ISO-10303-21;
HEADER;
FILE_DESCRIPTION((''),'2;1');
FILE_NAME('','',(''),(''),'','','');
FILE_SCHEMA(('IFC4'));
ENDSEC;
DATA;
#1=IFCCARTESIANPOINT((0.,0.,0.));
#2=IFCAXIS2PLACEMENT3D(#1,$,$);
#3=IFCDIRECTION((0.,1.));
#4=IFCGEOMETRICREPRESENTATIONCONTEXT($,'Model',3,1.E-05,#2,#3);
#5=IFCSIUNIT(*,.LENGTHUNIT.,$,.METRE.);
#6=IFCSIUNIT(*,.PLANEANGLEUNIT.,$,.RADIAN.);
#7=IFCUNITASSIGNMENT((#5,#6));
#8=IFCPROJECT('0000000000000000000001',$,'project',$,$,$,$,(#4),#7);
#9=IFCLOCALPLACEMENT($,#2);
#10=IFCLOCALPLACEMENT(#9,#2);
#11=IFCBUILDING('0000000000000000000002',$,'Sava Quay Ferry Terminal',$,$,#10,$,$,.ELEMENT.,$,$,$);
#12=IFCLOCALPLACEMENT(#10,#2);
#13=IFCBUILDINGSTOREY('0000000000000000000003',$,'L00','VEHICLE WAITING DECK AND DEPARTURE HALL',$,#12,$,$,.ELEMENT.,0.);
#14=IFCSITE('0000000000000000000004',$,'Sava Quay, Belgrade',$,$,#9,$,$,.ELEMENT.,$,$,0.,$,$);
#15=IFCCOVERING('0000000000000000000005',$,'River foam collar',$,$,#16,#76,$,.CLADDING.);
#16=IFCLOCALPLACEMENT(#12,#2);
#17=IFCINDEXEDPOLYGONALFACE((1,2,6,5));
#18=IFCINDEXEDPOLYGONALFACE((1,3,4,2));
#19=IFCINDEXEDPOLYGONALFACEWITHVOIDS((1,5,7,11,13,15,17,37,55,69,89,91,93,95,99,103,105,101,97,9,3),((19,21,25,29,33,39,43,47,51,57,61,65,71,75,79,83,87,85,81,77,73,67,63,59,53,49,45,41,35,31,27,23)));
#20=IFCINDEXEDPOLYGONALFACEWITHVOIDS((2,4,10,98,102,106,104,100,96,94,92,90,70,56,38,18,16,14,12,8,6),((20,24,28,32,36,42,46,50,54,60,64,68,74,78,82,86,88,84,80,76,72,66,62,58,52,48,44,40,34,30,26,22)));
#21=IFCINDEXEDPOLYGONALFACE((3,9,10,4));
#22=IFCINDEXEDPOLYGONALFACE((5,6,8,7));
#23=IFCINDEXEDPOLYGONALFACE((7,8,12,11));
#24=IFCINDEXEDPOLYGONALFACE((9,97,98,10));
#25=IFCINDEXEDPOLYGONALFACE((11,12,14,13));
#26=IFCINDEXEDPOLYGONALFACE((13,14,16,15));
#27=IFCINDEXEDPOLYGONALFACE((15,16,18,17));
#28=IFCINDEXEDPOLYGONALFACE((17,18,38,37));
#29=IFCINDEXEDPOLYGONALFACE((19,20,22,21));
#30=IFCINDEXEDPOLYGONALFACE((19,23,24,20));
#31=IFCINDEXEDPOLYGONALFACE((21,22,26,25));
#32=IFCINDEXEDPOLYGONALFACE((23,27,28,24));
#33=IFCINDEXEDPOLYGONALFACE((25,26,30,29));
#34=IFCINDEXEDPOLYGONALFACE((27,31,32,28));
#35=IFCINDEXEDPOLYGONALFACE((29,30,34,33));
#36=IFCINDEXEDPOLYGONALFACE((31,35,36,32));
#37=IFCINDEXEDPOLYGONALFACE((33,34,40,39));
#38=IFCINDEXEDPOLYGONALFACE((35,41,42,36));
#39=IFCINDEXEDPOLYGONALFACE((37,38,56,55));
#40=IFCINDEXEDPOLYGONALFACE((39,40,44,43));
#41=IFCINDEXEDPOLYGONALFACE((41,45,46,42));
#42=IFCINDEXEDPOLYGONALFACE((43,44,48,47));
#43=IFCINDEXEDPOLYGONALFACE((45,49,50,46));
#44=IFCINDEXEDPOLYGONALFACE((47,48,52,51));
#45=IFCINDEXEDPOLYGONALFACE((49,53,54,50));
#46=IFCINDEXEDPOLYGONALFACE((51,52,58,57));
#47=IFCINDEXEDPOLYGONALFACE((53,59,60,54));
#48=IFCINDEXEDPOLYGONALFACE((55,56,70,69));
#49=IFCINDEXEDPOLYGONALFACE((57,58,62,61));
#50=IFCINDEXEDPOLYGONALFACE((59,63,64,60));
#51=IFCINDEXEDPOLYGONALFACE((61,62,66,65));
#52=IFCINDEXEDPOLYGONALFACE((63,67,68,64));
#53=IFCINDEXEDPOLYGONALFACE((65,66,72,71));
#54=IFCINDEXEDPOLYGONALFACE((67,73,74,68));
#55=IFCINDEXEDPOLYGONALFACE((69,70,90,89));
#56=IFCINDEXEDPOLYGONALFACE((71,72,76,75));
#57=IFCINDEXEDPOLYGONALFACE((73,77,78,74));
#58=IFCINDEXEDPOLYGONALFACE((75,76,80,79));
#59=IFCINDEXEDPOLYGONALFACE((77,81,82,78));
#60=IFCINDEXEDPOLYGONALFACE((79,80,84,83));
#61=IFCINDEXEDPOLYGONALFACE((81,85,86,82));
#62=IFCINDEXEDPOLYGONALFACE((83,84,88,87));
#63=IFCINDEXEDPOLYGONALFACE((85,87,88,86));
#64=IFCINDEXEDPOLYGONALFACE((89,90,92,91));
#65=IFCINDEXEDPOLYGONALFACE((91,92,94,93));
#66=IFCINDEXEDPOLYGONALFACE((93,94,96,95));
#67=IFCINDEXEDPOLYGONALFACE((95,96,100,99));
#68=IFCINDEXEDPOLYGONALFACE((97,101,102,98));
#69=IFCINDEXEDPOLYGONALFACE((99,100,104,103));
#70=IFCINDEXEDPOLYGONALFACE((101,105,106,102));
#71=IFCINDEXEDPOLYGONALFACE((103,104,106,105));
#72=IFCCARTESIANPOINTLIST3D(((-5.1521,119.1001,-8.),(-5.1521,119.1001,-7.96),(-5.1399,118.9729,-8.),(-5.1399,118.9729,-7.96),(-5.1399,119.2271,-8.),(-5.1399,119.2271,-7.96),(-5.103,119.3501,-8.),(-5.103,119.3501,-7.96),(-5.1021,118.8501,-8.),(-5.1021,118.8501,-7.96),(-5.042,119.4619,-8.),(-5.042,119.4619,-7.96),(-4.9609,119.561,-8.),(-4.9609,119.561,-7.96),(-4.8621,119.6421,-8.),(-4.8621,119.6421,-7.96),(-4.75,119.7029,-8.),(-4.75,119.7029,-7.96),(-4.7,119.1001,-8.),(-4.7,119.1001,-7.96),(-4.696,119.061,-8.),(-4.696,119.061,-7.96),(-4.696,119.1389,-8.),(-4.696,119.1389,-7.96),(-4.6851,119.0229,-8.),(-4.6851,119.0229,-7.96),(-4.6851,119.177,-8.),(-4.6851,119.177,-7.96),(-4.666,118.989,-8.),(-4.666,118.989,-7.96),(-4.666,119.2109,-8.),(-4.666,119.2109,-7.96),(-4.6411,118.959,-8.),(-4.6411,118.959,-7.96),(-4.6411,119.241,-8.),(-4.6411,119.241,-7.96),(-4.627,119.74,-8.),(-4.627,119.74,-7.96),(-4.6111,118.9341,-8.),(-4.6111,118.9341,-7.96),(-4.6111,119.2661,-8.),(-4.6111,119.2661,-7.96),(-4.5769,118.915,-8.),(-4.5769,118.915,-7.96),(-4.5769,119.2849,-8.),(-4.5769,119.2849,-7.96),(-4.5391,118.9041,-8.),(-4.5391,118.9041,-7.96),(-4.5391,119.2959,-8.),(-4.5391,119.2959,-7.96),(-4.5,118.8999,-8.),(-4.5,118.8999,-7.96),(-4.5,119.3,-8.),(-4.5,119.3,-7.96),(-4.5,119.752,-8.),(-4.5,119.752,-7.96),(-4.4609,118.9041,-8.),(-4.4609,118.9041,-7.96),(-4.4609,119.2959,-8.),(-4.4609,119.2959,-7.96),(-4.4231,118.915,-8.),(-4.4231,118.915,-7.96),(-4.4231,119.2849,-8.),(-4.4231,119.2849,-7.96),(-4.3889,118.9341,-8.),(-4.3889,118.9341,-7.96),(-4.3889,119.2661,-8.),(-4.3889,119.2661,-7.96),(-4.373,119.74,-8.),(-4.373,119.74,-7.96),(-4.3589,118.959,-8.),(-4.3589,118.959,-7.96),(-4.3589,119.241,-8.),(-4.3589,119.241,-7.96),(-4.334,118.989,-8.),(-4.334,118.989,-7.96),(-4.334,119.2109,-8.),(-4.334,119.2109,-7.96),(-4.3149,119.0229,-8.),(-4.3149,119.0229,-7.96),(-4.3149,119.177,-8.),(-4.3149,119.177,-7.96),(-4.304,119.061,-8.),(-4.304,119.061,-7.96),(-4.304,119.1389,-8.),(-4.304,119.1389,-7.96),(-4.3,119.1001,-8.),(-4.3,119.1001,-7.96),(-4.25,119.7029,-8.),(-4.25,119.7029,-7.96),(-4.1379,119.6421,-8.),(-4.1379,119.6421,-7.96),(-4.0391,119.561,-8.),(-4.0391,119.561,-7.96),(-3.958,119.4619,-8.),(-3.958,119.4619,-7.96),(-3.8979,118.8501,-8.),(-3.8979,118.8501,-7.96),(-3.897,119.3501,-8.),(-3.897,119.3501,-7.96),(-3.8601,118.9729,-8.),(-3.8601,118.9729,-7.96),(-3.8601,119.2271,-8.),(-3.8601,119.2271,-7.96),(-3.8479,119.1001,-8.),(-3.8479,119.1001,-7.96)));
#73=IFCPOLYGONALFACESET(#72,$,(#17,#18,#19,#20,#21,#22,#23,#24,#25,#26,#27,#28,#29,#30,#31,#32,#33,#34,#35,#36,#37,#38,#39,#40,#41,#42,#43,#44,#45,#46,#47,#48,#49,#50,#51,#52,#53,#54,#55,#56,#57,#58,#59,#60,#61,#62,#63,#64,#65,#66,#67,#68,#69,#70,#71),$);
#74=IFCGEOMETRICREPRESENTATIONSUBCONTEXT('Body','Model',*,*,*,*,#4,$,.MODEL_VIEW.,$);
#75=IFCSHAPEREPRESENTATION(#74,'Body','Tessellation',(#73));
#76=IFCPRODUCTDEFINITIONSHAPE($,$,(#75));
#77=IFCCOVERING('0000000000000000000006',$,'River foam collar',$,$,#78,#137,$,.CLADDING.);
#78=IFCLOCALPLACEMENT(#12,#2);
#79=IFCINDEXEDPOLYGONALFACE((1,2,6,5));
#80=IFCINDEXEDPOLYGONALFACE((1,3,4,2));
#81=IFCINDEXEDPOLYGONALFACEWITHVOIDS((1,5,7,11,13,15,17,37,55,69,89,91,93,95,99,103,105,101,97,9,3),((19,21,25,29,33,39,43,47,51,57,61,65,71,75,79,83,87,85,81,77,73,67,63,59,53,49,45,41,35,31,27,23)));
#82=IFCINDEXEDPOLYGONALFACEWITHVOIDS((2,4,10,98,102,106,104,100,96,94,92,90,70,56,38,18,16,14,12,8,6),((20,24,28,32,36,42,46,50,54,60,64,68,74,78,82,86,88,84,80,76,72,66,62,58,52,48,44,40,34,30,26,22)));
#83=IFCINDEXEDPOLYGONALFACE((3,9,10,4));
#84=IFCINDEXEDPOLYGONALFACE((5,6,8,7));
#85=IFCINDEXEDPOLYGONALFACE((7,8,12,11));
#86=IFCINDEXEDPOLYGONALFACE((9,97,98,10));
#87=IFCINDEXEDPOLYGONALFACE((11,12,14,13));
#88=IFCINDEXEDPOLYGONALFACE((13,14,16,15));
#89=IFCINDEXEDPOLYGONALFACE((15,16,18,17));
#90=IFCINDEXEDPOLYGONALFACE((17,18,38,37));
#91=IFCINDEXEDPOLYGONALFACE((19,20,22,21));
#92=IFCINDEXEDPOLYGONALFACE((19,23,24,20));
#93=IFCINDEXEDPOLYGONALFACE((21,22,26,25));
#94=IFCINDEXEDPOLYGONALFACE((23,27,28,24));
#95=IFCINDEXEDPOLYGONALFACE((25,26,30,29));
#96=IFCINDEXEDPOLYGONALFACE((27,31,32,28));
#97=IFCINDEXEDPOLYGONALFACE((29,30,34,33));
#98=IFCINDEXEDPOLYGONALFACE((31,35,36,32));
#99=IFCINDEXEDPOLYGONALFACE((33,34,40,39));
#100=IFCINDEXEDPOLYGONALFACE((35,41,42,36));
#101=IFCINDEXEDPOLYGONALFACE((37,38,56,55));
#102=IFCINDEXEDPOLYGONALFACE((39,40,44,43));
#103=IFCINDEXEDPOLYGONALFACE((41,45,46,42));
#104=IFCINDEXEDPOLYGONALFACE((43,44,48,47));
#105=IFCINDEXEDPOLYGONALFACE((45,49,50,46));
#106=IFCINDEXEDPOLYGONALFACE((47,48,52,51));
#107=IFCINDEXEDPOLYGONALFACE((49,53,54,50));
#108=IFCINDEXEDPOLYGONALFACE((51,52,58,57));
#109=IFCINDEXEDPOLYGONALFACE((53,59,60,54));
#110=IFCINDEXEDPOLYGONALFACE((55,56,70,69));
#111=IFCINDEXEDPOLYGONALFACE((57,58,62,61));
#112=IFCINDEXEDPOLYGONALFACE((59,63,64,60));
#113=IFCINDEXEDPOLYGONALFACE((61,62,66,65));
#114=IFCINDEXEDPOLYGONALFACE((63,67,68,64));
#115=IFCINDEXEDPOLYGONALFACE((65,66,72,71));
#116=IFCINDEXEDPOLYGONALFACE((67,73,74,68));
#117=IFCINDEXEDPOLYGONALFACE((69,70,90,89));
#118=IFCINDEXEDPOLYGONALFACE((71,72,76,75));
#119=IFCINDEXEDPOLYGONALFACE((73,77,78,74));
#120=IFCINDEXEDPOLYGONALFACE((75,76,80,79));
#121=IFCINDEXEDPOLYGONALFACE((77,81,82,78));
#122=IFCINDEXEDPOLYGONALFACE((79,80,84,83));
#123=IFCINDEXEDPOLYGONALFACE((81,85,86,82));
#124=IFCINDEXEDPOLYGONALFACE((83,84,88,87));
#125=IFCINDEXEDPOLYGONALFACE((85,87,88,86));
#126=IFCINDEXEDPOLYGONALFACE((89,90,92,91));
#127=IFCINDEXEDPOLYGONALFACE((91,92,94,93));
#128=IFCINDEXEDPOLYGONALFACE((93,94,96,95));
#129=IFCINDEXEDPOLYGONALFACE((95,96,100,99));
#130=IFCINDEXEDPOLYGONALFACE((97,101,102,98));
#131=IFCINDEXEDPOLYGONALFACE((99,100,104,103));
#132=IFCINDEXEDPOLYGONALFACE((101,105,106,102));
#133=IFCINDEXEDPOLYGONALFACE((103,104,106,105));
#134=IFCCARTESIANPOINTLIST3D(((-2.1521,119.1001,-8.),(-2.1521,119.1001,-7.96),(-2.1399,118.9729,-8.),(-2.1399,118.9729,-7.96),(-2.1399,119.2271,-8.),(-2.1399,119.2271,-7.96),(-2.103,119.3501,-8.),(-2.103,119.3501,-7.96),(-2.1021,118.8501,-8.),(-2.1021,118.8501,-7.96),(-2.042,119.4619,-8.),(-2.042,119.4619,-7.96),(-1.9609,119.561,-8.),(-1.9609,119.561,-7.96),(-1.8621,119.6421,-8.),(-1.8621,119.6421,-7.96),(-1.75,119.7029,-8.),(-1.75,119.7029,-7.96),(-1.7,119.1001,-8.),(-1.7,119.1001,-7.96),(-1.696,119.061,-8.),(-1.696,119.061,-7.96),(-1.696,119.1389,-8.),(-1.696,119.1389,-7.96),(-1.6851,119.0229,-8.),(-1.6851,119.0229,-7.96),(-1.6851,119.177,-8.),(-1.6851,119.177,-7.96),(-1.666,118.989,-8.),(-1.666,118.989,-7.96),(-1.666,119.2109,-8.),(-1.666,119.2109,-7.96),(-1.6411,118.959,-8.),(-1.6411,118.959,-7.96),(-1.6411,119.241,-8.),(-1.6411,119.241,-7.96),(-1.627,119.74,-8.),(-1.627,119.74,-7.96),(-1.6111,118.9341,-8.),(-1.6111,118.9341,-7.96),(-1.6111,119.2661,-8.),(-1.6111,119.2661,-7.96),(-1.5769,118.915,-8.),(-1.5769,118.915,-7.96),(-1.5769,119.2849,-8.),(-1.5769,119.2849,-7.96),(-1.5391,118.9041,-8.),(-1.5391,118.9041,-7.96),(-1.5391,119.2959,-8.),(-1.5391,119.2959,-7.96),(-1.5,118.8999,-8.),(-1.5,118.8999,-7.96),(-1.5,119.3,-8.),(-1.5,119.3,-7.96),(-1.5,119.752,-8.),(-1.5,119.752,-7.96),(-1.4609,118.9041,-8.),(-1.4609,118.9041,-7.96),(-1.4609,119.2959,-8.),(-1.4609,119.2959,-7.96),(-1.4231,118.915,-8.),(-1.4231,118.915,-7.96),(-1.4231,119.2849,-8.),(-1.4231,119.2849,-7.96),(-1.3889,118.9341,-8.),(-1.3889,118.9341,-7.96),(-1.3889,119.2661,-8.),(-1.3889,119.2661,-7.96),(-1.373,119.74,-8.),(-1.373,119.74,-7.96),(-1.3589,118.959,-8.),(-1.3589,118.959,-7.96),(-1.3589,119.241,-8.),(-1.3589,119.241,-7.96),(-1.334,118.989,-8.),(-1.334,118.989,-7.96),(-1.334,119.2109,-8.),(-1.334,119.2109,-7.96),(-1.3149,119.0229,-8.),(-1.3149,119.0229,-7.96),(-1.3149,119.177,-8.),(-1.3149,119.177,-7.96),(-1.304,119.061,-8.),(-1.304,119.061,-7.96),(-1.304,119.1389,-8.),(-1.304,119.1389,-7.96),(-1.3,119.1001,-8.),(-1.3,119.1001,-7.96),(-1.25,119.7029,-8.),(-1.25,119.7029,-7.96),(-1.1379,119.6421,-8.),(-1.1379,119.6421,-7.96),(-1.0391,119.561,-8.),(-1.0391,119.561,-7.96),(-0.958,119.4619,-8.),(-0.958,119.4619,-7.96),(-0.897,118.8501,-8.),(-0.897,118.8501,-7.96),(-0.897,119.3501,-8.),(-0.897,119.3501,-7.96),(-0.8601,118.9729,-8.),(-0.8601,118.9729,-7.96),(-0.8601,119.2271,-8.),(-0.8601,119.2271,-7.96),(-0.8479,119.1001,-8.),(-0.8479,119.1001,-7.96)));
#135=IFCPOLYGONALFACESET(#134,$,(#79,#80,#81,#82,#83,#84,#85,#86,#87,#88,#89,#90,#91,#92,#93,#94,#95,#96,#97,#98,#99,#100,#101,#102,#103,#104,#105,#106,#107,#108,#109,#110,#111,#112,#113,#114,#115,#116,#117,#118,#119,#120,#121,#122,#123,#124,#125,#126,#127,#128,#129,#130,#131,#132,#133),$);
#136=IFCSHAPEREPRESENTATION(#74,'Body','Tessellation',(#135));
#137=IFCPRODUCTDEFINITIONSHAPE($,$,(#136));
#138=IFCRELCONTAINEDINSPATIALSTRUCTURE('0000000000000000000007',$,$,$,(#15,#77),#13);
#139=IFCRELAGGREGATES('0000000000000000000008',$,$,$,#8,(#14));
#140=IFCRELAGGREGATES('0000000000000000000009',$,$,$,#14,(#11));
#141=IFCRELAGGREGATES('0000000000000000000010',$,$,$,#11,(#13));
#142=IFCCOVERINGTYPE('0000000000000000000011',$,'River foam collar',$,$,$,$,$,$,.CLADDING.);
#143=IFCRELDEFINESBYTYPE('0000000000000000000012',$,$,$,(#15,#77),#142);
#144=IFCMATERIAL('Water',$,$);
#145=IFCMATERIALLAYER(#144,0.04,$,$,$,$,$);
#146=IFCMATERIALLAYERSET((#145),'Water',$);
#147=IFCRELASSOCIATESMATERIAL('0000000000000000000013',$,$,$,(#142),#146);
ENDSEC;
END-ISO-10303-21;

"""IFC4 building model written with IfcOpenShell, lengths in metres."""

from ifc_helpers import new_model, si_unit, direction, frame, origin, place, context, subcontext, project, spatial, polyline, outline, extrude, material, layer, layer_set, type_object, element, save


model = new_model("IFC4")

# Units and contexts
model_context = context("Model", 3, precision=1e-05, world=origin(), true_north=direction((0.0, 1.0)))
body_context = subcontext(model_context, "Body", "Model", "MODEL_VIEW")
ifc_project = project(units=[si_unit("LENGTHUNIT", "METRE"), si_unit("PLANEANGLEUNIT", "RADIAN")], contexts=[model_context])

# Site, building, storey
site_placement = place(None, origin())
site = spatial("IfcSite", under=ifc_project, at=site_placement, Name="Sava Quay, Belgrade", CompositionType="ELEMENT", RefElevation=0.0)
building_placement = place(site_placement, origin())
building = spatial("IfcBuilding", under=site, at=building_placement, Name="Sava Quay Ferry Terminal", CompositionType="ELEMENT")
storey_placement = place(building_placement, origin())
storey = spatial("IfcBuildingStorey", under=building, at=storey_placement, Name="L00", Description="VEHICLE WAITING DECK AND DEPARTURE HALL", CompositionType="ELEMENT", Elevation=0.0)

# Coverings
ifc_material_1 = material(Name="Water")
ifc_layer_1 = layer(ifc_material_1, 0.04)
ifc_layer_set_1 = layer_set([ifc_layer_1], Name="Water")
covering_type_1 = type_object("IfcCoveringType", Name="River foam collar", PredefinedType="CLADDING", material=ifc_layer_set_1)
covering_1_placement = place(storey_placement, frame((0.0, 0.0, -8.0)))
element("IfcCovering", 1, at=covering_1_placement, inside=storey, type_object=covering_type_1, Name="River foam collar", PredefinedType="CLADDING", context=body_context, shape_type="SweptSolid", body=[
    extrude(outline(polyline([(-3.8601, 118.9729), (-3.8479, 119.1001), (-3.8601, 119.2271), (-3.897, 119.3501), (-3.958, 119.4619), (-4.0391, 119.561), (-4.1379, 119.6421), (-4.25, 119.7029), (-4.373, 119.74), (-4.5, 119.752), (-4.627, 119.74), (-4.75, 119.7029), (-4.8621, 119.6421), (-4.9609, 119.561), (-5.042, 119.4619), (-5.103, 119.3501), (-5.1399, 119.2271), (-5.1521, 119.1001), (-5.1399, 118.9729), (-5.1021, 118.8501), (-3.8979, 118.8501), (-3.8601, 118.9729)]), holes=[polyline([(-4.334, 118.989), (-4.3589, 118.959), (-4.3889, 118.9341), (-4.4231, 118.915), (-4.4609, 118.9041), (-4.5, 118.8999), (-4.5391, 118.9041), (-4.5769, 118.915), (-4.6111, 118.9341), (-4.6411, 118.959), (-4.666, 118.989), (-4.6851, 119.0229), (-4.696, 119.061), (-4.7, 119.1001), (-4.696, 119.1389), (-4.6851, 119.177), (-4.666, 119.2109), (-4.6411, 119.241), (-4.6111, 119.2661), (-4.5769, 119.2849), (-4.5391, 119.2959), (-4.5, 119.3), (-4.4609, 119.2959), (-4.4231, 119.2849), (-4.3889, 119.2661), (-4.3589, 119.241), (-4.334, 119.2109), (-4.3149, 119.177), (-4.304, 119.1389), (-4.3, 119.1001), (-4.304, 119.061), (-4.3149, 119.0229), (-4.334, 118.989)])]), origin(), (0.0, 0.0, 1.0), 0.04),
])
covering_2_placement = place(storey_placement, frame((0.0, 0.0, -8.0)))
element("IfcCovering", 2, at=covering_2_placement, inside=storey, type_object=covering_type_1, Name="River foam collar", PredefinedType="CLADDING", context=body_context, shape_type="SweptSolid", body=[
    extrude(outline(polyline([(-0.897, 118.8501), (-0.8601, 118.9729), (-0.8479, 119.1001), (-0.8601, 119.2271), (-0.897, 119.3501), (-0.958, 119.4619), (-1.0391, 119.561), (-1.1379, 119.6421), (-1.25, 119.7029), (-1.373, 119.74), (-1.5, 119.752), (-1.627, 119.74), (-1.75, 119.7029), (-1.8621, 119.6421), (-1.9609, 119.561), (-2.042, 119.4619), (-2.103, 119.3501), (-2.1399, 119.2271), (-2.1521, 119.1001), (-2.1399, 118.9729), (-2.1021, 118.8501), (-0.897, 118.8501)]), holes=[polyline([(-1.3149, 119.0229), (-1.334, 118.989), (-1.3589, 118.959), (-1.3889, 118.9341), (-1.4231, 118.915), (-1.4609, 118.9041), (-1.5, 118.8999), (-1.5391, 118.9041), (-1.5769, 118.915), (-1.6111, 118.9341), (-1.6411, 118.959), (-1.666, 118.989), (-1.6851, 119.0229), (-1.696, 119.061), (-1.7, 119.1001), (-1.696, 119.1389), (-1.6851, 119.177), (-1.666, 119.2109), (-1.6411, 119.241), (-1.6111, 119.2661), (-1.5769, 119.2849), (-1.5391, 119.2959), (-1.5, 119.3), (-1.4609, 119.2959), (-1.4231, 119.2849), (-1.3889, 119.2661), (-1.3589, 119.241), (-1.334, 119.2109), (-1.3149, 119.177), (-1.304, 119.1389), (-1.3, 119.1001), (-1.304, 119.061), (-1.3149, 119.0229)])]), origin(), (0.0, 0.0, 1.0), 0.04),
])

save(model, "model.ifc")
